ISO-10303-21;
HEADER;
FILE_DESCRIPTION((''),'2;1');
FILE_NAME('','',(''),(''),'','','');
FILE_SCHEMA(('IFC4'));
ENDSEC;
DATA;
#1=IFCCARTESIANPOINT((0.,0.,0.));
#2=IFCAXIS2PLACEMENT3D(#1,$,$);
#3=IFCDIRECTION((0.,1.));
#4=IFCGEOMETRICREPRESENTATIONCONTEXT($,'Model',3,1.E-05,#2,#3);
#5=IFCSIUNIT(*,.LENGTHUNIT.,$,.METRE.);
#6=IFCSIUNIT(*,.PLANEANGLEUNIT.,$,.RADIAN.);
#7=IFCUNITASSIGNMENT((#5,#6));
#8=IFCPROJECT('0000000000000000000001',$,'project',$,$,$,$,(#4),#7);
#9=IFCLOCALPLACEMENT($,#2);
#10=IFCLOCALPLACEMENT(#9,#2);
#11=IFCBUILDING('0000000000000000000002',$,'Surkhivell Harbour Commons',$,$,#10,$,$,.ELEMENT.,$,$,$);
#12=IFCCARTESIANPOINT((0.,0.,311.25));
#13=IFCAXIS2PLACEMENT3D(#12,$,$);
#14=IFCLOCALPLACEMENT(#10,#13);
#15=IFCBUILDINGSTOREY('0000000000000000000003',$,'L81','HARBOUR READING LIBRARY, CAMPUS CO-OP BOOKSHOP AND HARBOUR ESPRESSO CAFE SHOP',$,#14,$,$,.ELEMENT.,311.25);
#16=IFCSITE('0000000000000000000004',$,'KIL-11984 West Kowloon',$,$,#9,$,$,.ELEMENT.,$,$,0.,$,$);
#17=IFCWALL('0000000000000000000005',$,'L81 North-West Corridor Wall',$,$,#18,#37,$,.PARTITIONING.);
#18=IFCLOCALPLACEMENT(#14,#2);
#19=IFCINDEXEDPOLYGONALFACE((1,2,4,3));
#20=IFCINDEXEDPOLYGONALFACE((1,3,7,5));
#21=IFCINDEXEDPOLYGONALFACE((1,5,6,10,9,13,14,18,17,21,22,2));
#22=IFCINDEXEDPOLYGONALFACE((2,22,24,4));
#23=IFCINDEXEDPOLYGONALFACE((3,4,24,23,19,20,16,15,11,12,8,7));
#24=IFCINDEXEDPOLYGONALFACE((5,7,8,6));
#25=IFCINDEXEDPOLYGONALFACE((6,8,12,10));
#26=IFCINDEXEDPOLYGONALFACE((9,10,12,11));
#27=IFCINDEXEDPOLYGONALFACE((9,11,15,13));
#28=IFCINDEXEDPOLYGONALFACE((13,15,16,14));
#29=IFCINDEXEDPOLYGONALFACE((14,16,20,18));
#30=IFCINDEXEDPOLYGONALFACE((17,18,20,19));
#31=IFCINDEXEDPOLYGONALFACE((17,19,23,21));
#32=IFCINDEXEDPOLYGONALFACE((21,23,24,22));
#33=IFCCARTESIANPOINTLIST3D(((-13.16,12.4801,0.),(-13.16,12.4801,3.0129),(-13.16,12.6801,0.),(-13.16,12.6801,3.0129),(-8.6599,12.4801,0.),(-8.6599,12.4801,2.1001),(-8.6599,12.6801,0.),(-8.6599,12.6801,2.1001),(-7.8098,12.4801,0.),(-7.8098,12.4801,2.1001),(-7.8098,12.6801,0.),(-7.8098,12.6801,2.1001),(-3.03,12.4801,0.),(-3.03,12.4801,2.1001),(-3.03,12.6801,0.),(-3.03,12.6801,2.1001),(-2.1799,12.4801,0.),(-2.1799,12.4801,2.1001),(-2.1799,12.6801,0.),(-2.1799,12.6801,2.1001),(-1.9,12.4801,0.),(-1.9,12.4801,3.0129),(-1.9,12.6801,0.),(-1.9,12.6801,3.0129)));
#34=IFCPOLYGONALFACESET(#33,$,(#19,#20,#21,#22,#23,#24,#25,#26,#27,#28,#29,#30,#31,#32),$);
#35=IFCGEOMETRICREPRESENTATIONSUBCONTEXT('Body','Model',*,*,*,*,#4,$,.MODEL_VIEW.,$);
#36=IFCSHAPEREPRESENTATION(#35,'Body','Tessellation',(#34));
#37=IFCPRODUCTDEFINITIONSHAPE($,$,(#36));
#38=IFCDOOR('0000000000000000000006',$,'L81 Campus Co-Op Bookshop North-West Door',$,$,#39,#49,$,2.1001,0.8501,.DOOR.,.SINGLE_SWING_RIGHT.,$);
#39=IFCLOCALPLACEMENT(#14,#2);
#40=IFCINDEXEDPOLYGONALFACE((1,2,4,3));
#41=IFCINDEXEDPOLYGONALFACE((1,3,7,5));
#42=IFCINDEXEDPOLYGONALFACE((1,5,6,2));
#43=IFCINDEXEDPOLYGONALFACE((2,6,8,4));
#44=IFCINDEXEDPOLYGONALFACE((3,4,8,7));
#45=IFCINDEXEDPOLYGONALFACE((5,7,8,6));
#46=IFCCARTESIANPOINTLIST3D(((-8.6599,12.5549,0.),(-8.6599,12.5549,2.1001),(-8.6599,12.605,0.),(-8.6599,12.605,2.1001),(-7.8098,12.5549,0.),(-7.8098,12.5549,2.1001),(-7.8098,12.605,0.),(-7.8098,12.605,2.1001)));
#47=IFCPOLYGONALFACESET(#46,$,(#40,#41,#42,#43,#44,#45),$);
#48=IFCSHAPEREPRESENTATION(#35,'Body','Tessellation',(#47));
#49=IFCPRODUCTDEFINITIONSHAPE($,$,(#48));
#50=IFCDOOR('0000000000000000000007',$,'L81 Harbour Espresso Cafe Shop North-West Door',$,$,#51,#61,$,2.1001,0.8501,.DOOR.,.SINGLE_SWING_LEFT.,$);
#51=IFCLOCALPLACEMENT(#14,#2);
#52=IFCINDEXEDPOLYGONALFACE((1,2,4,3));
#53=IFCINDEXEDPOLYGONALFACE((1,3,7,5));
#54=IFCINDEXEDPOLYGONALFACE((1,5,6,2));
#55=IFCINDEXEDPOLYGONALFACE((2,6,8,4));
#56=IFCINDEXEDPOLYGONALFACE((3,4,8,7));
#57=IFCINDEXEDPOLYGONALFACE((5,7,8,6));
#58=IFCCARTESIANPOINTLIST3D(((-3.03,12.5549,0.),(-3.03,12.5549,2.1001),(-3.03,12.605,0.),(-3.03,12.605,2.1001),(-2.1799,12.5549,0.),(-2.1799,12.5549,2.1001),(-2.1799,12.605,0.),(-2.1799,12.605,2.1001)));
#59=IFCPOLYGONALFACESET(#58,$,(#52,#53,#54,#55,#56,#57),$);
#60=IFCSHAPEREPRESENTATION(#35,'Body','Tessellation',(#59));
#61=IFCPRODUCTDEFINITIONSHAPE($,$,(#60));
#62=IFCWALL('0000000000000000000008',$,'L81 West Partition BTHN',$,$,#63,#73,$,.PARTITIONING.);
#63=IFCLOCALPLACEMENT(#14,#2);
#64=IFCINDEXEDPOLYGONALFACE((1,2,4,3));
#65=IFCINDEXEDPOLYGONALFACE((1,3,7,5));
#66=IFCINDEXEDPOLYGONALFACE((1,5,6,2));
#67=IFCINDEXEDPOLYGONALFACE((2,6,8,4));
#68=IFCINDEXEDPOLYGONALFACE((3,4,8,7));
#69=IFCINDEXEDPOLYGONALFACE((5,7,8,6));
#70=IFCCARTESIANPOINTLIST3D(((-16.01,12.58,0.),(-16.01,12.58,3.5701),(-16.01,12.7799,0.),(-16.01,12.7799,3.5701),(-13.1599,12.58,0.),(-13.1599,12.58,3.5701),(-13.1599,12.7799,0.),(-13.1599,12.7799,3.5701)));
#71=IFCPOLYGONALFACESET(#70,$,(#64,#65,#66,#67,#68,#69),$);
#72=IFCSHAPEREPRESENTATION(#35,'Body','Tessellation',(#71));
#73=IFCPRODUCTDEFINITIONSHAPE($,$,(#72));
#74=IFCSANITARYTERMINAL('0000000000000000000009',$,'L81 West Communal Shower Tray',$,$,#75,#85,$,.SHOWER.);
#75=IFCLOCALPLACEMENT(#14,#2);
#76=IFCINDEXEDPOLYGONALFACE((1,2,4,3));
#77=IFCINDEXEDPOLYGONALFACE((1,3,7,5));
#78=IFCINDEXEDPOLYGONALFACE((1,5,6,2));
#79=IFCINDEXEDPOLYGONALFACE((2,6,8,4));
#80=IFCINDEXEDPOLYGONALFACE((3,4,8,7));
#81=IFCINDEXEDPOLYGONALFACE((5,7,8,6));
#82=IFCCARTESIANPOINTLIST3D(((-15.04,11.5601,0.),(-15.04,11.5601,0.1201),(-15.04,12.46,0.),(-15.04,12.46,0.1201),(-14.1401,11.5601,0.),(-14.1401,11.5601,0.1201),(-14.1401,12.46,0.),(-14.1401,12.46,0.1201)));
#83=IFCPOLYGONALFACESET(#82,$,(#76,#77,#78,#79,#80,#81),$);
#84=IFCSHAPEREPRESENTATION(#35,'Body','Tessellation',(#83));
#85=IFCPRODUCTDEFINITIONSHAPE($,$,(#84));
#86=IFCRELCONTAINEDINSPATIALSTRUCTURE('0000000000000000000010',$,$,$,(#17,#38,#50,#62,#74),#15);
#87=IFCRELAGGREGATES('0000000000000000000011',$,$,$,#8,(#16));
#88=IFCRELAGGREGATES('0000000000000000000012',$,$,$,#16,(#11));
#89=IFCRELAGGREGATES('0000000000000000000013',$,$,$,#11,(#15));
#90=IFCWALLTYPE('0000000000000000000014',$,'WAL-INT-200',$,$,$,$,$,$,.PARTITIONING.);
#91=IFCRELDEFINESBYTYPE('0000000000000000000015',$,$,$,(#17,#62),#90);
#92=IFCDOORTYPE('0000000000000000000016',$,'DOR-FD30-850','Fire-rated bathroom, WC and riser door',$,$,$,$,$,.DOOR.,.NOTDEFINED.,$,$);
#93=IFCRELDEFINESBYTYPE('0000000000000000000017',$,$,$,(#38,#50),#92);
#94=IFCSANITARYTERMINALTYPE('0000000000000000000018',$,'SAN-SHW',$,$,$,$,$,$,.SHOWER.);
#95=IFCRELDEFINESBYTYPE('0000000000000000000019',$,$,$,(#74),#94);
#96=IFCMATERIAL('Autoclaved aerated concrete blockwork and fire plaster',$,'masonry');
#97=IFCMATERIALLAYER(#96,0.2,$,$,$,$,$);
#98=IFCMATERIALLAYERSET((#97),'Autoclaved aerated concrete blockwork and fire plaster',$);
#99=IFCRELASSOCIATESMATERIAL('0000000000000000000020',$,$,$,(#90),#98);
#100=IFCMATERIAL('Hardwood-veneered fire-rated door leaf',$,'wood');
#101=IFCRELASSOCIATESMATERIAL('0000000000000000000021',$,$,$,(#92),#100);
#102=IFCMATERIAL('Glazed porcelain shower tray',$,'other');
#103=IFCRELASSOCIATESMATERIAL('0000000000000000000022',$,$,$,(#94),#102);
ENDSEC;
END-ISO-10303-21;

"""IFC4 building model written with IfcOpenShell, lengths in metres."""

from ifc_helpers import new_model, si_unit, direction, frame, frame_2d, origin, origin_2d, place, context, subcontext, project, spatial, rectangle, extrude, material, layer, layer_set, type_object, element, fill, save


model = new_model("IFC4")

# Units and contexts
model_context = context("Model", 3, precision=1e-05, world=origin(), true_north=direction((0.0, 1.0)))
body_context = subcontext(model_context, "Body", "Model", "MODEL_VIEW")
ifc_project = project(units=[si_unit("LENGTHUNIT", "METRE"), si_unit("PLANEANGLEUNIT", "RADIAN")], contexts=[model_context])

# Site, building, storey
site_placement = place(None, origin())
site = spatial("IfcSite", under=ifc_project, at=site_placement, Name="KIL-11984 West Kowloon", CompositionType="ELEMENT", RefElevation=0.0)
building_placement = place(site_placement, origin())
building = spatial("IfcBuilding", under=site, at=building_placement, Name="Surkhivell Harbour Commons", CompositionType="ELEMENT")
storey_placement = place(building_placement, frame((0.0, 0.0, 311.25)))
storey = spatial("IfcBuildingStorey", under=building, at=storey_placement, Name="L81", Description="HARBOUR READING LIBRARY, CAMPUS CO-OP BOOKSHOP AND HARBOUR ESPRESSO CAFE SHOP", CompositionType="ELEMENT", Elevation=311.25)

# Shared definitions
ifc_material_1 = material(Name="Autoclaved aerated concrete blockwork and fire plaster", Category="masonry")
ifc_layer_1 = layer(ifc_material_1, 0.2)
ifc_layer_set_1 = layer_set([ifc_layer_1], Name="Autoclaved aerated concrete blockwork and fire plaster")
wall_type_1 = type_object("IfcWallType", Name="WAL-INT-200", PredefinedType="PARTITIONING", material=ifc_layer_set_1)

# Wall, openings, doors
wall_1_placement = place(storey_placement, frame((-13.1599, 12.5801, 0.0), z_axis=(0.0, 0.0, 1.0), x_axis=(1.0, 0.0, 0.0)))
wall_1 = element("IfcWall", 1, at=wall_1_placement, inside=storey, type_object=wall_type_1, Name="L81 North-West Corridor Wall", PredefinedType="PARTITIONING", context=body_context, shape_type="SweptSolid", body=[
    extrude(rectangle(XDim=11.26, YDim=0.2, at=frame_2d((5.6299, 0.0))), origin(), (0.0, 0.0, 1.0), 3.0129),
])
opening_1_placement = place(wall_1_placement, frame((4.5, 0.0, 0.0)))
opening_1 = element("IfcOpeningElement", 2, at=opening_1_placement, cuts=wall_1, PredefinedType="OPENING", context=body_context, shape_type="SweptSolid", body=[
    extrude(rectangle(XDim=0.8501, YDim=2.1001, at=frame_2d((0.425, 1.05))), frame((0.0, 0.1099, 0.0), z_axis=(0.0, -1.0, 0.0), x_axis=(1.0, 0.0, 0.0)), (0.0, 0.0, 1.0), 0.22),
])
opening_2_placement = place(wall_1_placement, frame((10.1299, 0.0, 0.0)))
opening_2 = element("IfcOpeningElement", 3, at=opening_2_placement, cuts=wall_1, PredefinedType="OPENING", context=body_context, shape_type="SweptSolid", body=[
    extrude(rectangle(XDim=0.8501, YDim=2.1001, at=frame_2d((0.425, 1.05))), frame((0.0, 0.1099, 0.0), z_axis=(0.0, -1.0, 0.0), x_axis=(1.0, 0.0, 0.0)), (0.0, 0.0, 1.0), 0.22),
])
ifc_material_2 = material(Name="Hardwood-veneered fire-rated door leaf", Category="wood")
door_type = type_object("IfcDoorType", Name="DOR-FD30-850", Description="Fire-rated bathroom, WC and riser door", OperationType="NOTDEFINED", PredefinedType="DOOR", material=ifc_material_2)
door_1_placement = place(opening_1_placement, origin())
door_1 = element("IfcDoor", 4, at=door_1_placement, inside=storey, type_object=door_type, Name="L81 Campus Co-Op Bookshop North-West Door", OperationType="SINGLE_SWING_RIGHT", OverallHeight=2.1001, OverallWidth=0.8501, PredefinedType="DOOR", context=body_context, shape_type="SweptSolid", body=[
    extrude(rectangle(XDim=0.8501, YDim=2.1001, at=frame_2d((0.425, 1.05))), frame((0.0, 0.0249, 0.0), z_axis=(0.0, -1.0, 0.0), x_axis=(1.0, 0.0, 0.0)), (0.0, 0.0, 1.0), 0.05),
])
fill(opening_1, door_1)
door_2_placement = place(opening_2_placement, origin())
door_2 = element("IfcDoor", 5, at=door_2_placement, inside=storey, type_object=door_type, Name="L81 Harbour Espresso Cafe Shop North-West Door", OperationType="SINGLE_SWING_LEFT", OverallHeight=2.1001, OverallWidth=0.8501, PredefinedType="DOOR", context=body_context, shape_type="SweptSolid", body=[
    extrude(rectangle(XDim=0.8501, YDim=2.1001, at=frame_2d((0.425, 1.05))), frame((0.0, 0.0249, 0.0), z_axis=(0.0, -1.0, 0.0), x_axis=(1.0, 0.0, 0.0)), (0.0, 0.0, 1.0), 0.05),
])
fill(opening_2, door_2)

# Wall
wall_2_placement = place(storey_placement, frame((-16.01, 12.6799, 0.0), z_axis=(0.0, 0.0, 1.0), x_axis=(1.0, 0.0, 0.0)))
element("IfcWall", 6, at=wall_2_placement, inside=storey, type_object=wall_type_1, Name="L81 West Partition BTHN", PredefinedType="PARTITIONING", context=body_context, shape_type="SweptSolid", body=[
    extrude(rectangle(XDim=2.8501, YDim=0.2, at=frame_2d((1.425, 0.0))), origin(), (0.0, 0.0, 1.0), 3.5701),
])

# Sanitary terminal
ifc_material_3 = material(Name="Glazed porcelain shower tray", Category="other")
sanitary_terminal_type = type_object("IfcSanitaryTerminalType", Name="SAN-SHW", PredefinedType="SHOWER", material=ifc_material_3)
sanitary_terminal_placement = place(storey_placement, frame((-14.5901, 12.01, 0.0), z_axis=(0.0, 0.0, 1.0), x_axis=(1.0, 0.0, 0.0)))
element("IfcSanitaryTerminal", 7, at=sanitary_terminal_placement, inside=storey, type_object=sanitary_terminal_type, Name="L81 West Communal Shower Tray", PredefinedType="SHOWER", context=body_context, shape_type="SweptSolid", body=[
    extrude(rectangle(XDim=0.8999, YDim=0.8999, at=origin_2d()), origin(), (0.0, 0.0, 1.0), 0.1201),
])

save(model, "model.ifc")
